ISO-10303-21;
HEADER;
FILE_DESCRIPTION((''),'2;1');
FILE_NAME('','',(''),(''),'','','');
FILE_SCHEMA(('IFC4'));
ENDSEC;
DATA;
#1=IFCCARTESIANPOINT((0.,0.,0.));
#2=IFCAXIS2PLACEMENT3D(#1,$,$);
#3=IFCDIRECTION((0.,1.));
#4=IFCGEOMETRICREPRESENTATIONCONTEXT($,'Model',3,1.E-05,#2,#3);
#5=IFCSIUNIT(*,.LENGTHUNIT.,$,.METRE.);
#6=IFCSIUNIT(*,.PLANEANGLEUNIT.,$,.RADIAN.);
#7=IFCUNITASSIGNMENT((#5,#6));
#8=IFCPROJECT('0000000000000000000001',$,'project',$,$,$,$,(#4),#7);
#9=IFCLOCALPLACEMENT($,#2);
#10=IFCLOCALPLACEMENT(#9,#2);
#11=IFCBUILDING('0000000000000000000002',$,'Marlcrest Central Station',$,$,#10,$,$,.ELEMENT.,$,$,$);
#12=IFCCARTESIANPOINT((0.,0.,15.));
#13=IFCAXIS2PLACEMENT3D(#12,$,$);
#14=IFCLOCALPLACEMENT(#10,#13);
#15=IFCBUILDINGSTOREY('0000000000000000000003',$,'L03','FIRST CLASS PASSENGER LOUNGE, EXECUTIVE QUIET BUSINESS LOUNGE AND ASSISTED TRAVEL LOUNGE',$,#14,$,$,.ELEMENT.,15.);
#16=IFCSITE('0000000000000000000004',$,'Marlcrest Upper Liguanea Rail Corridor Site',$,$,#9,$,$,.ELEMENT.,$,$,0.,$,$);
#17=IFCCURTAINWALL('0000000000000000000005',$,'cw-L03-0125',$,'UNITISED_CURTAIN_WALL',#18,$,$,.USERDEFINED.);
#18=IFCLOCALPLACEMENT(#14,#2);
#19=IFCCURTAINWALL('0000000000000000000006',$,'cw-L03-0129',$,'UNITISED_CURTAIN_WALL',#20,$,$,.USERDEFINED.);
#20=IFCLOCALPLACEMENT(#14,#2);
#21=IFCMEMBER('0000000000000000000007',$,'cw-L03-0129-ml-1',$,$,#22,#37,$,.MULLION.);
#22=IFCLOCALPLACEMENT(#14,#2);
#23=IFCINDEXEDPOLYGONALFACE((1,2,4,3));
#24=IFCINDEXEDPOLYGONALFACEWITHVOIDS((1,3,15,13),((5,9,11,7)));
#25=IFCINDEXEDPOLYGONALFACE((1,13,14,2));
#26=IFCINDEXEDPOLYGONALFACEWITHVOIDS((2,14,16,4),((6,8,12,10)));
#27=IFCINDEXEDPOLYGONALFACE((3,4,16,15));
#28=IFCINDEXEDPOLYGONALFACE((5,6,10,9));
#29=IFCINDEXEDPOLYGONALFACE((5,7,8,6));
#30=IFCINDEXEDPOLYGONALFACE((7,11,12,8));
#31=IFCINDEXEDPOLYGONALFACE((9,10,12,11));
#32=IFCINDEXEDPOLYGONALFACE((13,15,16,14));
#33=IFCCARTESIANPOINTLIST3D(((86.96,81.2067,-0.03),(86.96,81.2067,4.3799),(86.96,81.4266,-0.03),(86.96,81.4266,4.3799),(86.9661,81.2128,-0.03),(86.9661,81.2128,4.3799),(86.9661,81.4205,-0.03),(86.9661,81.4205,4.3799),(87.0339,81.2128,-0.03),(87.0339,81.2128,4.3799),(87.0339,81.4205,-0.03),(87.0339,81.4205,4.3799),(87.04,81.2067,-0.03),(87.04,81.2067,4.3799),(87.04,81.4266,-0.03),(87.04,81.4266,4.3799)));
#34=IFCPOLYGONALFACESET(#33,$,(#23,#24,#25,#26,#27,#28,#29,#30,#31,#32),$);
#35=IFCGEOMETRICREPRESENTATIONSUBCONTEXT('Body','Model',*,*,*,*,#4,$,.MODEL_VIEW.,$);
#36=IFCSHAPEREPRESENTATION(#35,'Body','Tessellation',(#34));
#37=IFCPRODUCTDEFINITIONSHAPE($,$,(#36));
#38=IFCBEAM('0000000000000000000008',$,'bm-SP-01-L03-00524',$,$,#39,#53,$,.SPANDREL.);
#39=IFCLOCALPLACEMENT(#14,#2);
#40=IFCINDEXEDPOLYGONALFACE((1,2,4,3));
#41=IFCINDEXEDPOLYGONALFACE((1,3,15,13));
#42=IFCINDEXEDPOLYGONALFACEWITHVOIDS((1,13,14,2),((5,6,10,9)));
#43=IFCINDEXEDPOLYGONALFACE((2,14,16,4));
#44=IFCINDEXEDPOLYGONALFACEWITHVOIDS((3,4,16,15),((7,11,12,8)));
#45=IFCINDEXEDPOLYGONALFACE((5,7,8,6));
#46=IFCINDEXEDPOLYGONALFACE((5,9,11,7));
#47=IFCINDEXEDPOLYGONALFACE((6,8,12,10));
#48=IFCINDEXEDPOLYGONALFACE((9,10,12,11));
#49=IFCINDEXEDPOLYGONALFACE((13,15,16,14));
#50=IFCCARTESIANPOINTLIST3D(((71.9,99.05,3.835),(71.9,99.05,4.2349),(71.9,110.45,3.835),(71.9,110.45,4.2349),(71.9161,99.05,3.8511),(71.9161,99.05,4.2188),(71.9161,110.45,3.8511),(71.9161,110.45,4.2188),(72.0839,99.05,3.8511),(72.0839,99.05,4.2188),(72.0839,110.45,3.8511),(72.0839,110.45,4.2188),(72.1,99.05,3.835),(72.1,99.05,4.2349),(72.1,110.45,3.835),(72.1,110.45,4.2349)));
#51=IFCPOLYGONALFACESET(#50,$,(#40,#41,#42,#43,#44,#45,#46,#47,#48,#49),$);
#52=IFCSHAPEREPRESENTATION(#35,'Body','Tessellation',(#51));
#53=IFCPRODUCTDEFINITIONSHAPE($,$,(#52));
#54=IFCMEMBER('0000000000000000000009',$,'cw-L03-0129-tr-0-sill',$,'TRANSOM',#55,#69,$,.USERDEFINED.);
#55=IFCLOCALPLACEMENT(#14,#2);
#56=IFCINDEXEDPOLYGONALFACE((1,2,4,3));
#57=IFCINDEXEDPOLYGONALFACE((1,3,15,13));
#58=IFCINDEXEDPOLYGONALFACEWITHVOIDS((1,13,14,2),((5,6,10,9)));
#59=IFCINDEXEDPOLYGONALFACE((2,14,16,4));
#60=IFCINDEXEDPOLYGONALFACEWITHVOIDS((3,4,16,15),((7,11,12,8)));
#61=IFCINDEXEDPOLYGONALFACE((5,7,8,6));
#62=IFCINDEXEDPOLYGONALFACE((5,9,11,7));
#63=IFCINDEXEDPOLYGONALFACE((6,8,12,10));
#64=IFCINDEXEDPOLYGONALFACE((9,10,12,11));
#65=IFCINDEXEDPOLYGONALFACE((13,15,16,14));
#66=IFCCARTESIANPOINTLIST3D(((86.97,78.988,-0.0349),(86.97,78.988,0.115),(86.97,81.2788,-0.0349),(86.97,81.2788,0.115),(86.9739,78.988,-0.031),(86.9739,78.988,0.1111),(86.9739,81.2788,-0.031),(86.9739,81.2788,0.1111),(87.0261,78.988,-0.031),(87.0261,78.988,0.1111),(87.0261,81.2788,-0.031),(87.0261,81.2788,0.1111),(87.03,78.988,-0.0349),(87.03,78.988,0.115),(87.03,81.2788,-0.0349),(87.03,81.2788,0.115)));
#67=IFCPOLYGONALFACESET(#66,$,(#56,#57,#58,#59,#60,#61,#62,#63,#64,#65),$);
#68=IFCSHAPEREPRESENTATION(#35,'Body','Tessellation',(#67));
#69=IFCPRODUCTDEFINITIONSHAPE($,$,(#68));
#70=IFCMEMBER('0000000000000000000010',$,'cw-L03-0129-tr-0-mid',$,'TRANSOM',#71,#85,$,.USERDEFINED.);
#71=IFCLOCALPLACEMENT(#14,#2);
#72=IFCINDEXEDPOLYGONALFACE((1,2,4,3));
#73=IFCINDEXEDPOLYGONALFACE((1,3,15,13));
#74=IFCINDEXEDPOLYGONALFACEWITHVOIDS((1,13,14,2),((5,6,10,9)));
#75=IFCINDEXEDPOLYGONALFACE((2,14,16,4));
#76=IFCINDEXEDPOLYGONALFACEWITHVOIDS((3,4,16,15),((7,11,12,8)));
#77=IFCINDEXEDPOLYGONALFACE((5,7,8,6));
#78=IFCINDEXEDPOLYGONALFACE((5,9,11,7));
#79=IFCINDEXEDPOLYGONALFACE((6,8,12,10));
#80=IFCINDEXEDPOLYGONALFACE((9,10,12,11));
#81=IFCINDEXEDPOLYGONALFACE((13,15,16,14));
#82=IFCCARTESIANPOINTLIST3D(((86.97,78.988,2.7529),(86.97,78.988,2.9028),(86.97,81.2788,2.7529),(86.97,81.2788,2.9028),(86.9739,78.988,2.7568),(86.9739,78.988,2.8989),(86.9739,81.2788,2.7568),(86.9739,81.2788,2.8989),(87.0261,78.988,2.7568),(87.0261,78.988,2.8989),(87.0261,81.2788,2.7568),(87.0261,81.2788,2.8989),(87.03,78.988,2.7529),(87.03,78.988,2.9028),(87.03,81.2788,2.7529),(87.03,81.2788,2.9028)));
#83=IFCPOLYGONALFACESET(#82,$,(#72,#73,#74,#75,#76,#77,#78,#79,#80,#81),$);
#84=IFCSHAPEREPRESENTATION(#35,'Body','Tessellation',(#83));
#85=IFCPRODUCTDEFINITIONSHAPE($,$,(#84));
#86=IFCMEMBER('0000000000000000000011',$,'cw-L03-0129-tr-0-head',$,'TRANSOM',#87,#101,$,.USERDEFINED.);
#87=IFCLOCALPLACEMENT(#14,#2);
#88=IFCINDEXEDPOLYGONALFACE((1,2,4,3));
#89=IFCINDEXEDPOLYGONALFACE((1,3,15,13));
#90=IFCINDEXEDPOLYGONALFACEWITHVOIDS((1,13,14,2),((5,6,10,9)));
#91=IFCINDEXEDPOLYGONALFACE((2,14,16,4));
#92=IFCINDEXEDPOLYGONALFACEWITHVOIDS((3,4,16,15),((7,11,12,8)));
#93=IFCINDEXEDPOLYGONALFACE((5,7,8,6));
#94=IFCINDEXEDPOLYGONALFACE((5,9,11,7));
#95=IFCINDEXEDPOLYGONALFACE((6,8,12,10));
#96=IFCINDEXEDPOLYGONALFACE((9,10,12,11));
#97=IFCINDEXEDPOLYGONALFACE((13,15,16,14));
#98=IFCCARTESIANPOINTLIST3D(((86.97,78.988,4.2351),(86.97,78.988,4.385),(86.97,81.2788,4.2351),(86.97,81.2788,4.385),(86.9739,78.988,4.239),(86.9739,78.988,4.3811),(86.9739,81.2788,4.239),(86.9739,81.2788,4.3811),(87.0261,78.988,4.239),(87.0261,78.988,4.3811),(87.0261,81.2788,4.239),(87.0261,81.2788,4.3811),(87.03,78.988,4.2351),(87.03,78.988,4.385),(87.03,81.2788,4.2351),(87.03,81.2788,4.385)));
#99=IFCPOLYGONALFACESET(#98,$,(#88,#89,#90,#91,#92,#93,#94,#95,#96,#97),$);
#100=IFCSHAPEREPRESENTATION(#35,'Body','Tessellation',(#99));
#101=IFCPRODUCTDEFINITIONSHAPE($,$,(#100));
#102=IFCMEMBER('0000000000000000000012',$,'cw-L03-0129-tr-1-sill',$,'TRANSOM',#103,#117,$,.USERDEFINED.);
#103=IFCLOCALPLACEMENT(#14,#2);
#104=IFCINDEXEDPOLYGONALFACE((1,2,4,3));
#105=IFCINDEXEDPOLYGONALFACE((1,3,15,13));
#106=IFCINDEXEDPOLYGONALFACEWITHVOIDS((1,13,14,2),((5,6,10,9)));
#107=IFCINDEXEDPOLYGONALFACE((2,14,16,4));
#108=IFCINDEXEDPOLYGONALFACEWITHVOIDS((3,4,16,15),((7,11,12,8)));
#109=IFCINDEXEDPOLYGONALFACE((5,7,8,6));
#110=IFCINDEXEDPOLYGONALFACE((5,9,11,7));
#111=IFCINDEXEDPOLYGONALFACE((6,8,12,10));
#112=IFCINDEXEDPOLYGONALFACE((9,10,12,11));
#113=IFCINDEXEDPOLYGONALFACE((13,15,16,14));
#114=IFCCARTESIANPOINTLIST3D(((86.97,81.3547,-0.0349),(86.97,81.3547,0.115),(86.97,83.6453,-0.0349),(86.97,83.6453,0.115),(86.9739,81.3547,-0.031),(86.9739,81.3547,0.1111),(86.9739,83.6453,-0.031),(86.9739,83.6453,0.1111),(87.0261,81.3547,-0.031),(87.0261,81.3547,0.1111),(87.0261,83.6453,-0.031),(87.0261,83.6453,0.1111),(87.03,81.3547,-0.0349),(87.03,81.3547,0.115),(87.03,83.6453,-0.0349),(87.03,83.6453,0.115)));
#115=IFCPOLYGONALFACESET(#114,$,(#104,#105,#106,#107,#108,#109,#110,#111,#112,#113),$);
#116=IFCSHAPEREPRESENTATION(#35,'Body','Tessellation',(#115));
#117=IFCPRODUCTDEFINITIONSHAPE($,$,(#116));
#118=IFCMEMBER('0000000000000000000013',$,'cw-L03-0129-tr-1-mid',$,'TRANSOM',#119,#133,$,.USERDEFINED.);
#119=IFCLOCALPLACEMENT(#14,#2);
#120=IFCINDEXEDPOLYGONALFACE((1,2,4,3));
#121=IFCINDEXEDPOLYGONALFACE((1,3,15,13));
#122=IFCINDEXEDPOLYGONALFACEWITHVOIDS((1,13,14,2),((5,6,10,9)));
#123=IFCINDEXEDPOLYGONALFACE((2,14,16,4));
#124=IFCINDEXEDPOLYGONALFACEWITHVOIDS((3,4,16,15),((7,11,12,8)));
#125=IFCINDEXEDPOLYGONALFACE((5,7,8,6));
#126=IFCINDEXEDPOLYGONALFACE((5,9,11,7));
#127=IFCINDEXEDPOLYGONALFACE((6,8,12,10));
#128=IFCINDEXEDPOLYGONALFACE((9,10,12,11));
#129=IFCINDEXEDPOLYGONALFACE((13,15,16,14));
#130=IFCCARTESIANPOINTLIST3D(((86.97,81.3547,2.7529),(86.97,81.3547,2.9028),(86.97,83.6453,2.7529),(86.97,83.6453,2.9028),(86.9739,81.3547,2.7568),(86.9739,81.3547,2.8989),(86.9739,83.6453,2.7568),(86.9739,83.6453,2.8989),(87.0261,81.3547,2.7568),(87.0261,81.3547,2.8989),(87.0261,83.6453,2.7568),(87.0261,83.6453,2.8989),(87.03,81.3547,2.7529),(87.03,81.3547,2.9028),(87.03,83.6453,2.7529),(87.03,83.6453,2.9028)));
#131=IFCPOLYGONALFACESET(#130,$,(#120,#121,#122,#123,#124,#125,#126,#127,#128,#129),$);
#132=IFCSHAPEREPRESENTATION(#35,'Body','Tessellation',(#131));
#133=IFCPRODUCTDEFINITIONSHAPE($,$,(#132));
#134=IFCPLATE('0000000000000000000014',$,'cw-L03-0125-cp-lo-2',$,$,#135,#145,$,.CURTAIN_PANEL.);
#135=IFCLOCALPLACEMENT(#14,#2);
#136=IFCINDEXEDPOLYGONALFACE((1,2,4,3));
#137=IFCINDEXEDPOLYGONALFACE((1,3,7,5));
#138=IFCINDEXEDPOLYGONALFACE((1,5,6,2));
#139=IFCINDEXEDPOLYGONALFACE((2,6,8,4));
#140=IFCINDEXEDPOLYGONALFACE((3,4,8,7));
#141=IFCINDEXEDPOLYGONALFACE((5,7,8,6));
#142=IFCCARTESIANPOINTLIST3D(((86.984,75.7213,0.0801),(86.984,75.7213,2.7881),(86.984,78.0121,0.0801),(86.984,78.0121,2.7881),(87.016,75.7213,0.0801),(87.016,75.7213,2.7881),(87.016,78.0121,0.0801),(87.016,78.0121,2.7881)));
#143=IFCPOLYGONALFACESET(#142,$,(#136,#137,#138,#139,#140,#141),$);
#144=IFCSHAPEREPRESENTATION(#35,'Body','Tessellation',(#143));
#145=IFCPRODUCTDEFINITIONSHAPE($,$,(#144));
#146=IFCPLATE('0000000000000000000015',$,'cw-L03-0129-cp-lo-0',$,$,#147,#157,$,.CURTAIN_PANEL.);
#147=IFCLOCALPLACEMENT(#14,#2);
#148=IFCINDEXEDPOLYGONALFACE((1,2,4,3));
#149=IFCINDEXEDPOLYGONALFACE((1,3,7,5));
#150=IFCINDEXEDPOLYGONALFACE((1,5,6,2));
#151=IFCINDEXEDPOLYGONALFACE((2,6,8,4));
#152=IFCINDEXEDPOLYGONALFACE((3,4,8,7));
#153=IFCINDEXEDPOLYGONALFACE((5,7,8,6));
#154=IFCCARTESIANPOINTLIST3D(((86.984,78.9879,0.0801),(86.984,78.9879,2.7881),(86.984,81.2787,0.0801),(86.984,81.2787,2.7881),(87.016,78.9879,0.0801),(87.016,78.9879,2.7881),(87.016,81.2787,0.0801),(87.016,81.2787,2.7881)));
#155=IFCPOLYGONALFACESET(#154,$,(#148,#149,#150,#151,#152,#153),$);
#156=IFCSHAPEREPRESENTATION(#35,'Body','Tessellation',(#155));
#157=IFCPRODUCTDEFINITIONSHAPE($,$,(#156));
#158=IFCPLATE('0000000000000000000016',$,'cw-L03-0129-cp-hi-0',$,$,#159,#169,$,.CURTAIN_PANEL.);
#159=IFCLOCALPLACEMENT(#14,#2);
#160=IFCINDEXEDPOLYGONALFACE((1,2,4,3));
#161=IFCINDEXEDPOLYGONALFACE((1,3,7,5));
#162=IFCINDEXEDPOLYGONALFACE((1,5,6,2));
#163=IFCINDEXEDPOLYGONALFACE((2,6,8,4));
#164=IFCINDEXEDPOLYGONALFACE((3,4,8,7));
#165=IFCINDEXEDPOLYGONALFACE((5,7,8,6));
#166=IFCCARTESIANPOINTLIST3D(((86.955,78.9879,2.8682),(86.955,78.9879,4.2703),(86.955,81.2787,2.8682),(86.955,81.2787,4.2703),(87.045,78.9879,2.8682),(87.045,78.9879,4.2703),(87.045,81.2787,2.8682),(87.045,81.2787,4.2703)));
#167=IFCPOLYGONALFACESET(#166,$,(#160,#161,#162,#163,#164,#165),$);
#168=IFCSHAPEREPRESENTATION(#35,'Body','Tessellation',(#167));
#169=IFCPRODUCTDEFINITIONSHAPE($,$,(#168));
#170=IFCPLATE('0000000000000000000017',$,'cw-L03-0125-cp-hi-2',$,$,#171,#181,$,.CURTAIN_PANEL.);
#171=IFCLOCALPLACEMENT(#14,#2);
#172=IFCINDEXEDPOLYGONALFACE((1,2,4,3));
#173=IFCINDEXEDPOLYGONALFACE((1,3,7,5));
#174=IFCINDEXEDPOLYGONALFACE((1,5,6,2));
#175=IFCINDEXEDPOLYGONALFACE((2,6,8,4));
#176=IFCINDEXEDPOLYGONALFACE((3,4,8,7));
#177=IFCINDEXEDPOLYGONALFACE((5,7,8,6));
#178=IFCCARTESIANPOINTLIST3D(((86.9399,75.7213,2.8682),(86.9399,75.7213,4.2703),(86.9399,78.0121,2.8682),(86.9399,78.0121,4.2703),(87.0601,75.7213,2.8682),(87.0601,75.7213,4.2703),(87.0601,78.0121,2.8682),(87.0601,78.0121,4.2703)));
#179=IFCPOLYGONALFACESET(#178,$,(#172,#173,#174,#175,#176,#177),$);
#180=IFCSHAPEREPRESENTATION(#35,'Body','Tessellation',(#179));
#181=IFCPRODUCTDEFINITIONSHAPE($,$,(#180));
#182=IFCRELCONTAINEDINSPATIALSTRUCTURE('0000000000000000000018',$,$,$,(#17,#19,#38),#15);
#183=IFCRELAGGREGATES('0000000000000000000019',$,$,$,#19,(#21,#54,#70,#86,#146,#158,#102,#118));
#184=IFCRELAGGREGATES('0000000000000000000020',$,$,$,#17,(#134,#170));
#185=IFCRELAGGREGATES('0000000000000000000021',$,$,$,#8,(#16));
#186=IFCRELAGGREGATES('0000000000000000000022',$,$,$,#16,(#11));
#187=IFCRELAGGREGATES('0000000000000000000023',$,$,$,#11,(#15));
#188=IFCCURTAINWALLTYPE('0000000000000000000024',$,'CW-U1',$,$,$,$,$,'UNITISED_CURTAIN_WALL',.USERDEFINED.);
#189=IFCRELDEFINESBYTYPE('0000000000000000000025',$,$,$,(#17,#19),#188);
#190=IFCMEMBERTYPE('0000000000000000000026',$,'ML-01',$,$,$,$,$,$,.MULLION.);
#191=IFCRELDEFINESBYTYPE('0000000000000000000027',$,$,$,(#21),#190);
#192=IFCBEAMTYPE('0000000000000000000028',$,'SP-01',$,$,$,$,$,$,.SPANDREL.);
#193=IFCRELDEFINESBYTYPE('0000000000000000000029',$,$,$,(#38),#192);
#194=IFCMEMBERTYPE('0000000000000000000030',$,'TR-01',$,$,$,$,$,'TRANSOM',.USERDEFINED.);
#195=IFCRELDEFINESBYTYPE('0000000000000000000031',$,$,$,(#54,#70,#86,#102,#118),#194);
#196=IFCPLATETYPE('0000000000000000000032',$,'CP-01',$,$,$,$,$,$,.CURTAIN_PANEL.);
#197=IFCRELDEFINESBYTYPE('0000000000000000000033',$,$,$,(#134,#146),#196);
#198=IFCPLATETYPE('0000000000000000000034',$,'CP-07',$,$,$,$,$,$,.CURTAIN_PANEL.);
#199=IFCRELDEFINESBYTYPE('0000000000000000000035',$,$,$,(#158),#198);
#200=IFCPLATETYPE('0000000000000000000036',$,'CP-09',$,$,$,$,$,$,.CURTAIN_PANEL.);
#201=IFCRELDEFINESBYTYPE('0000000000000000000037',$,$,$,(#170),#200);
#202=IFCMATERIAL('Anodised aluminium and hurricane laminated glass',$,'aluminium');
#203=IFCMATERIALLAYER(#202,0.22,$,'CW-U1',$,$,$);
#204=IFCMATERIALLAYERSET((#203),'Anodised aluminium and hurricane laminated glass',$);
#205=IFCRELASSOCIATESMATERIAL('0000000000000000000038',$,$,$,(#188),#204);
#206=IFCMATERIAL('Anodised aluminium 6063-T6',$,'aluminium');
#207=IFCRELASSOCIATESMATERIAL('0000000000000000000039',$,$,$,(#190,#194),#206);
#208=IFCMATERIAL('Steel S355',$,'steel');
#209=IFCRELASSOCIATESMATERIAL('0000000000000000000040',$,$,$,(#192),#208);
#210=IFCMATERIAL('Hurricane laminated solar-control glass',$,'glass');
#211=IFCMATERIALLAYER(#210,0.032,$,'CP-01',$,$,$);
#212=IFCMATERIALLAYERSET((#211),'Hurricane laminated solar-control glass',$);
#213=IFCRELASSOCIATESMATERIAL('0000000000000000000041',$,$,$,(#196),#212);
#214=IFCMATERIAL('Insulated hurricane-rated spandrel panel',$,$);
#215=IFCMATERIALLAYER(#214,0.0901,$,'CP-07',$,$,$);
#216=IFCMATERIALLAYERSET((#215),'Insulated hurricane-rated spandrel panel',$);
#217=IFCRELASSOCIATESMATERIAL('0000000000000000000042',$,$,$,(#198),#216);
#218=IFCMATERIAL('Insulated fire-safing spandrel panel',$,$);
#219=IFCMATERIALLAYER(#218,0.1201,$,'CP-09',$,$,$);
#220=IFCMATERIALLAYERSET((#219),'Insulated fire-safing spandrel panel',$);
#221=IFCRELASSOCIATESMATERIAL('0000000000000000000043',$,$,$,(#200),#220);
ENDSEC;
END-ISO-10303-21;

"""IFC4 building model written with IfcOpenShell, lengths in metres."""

from ifc_helpers import new_model, si_unit, direction, frame, origin, origin_2d, place, context, subcontext, project, spatial, rectangle, hollow_rectangle, extrude, material, layer, layer_set, material_profile, profile_set, type_object, element, aggregate, save


model = new_model("IFC4")

# Units and contexts
model_context = context("Model", 3, precision=1e-05, world=origin(), true_north=direction((0.0, 1.0)))
body_context = subcontext(model_context, "Body", "Model", "MODEL_VIEW")
ifc_project = project(units=[si_unit("LENGTHUNIT", "METRE"), si_unit("PLANEANGLEUNIT", "RADIAN")], contexts=[model_context])

# Site, building, storey
site_placement = place(None, origin())
site = spatial("IfcSite", under=ifc_project, at=site_placement, Name="Marlcrest Upper Liguanea Rail Corridor Site", CompositionType="ELEMENT", RefElevation=0.0)
building_placement = place(site_placement, origin())
building = spatial("IfcBuilding", under=site, at=building_placement, Name="Marlcrest Central Station", CompositionType="ELEMENT")
storey_placement = place(building_placement, frame((0.0, 0.0, 15.0)))
storey = spatial("IfcBuildingStorey", under=building, at=storey_placement, Name="L03", Description="FIRST CLASS PASSENGER LOUNGE, EXECUTIVE QUIET BUSINESS LOUNGE AND ASSISTED TRAVEL LOUNGE", CompositionType="ELEMENT", Elevation=15.0)

# Shared definitions
ifc_material_1 = material(Name="Steel S355", Category="steel")

# Curtain wall
ifc_material_2 = material(Name="Anodised aluminium and hurricane laminated glass", Category="aluminium")
ifc_layer_1 = layer(ifc_material_2, 0.22, Name="CW-U1")
ifc_layer_set_1 = layer_set([ifc_layer_1], Name="Anodised aluminium and hurricane laminated glass")
curtain_wall_type = type_object("IfcCurtainWallType", Name="CW-U1", ElementType="UNITISED_CURTAIN_WALL", PredefinedType="USERDEFINED", material=ifc_layer_set_1)
curtain_wall_1_placement = place(storey_placement, origin())
curtain_wall_1 = element("IfcCurtainWall", 1, at=curtain_wall_1_placement, inside=storey, type_object=curtain_wall_type, Name="cw-L03-0125", ObjectType="UNITISED_CURTAIN_WALL", PredefinedType="USERDEFINED")
ifc_material_3 = material(Name="Anodised aluminium 6063-T6", Category="aluminium")
ifc_material_profile_1 = material_profile(ifc_material_3, hollow_rectangle(XDim=0.0801, YDim=0.22, WallThickness=0.0061, at=origin_2d()), Name="AA-RHS 220x80x6")
ifc_profile_set_1 = profile_set([ifc_material_profile_1], Name="Anodised aluminium 6063-T6")
member_type_1 = type_object("IfcMemberType", Name="ML-01", PredefinedType="MULLION", material=ifc_profile_set_1)

# Curtain wall, member
curtain_wall_2_placement = place(storey_placement, origin())
curtain_wall_2 = element("IfcCurtainWall", 2, at=curtain_wall_2_placement, inside=storey, type_object=curtain_wall_type, Name="cw-L03-0129", ObjectType="UNITISED_CURTAIN_WALL", PredefinedType="USERDEFINED")
member_1_placement = place(storey_placement, frame((87.0, 81.3167, -0.03), z_axis=(0.0, 0.0, 1.0), x_axis=(1.0, 0.0, 0.0)))
member_1 = element("IfcMember", 3, at=member_1_placement, type_object=member_type_1, Name="cw-L03-0129-ml-1", PredefinedType="MULLION", context=body_context, shape_type="SweptSolid", body=[
    extrude(hollow_rectangle(XDim=0.0801, YDim=0.22, WallThickness=0.0061, at=origin_2d()), origin(), (0.0, 0.0, 1.0), 4.4099),
])

# Beam
ifc_material_profile_2 = material_profile(ifc_material_1, hollow_rectangle(XDim=0.2, YDim=0.3999, WallThickness=0.0161, at=origin_2d()), Name="RHS 400x200x16")
ifc_profile_set_2 = profile_set([ifc_material_profile_2], Name="Steel S355")
beam_type = type_object("IfcBeamType", Name="SP-01", PredefinedType="SPANDREL", material=ifc_profile_set_2)
beam_placement = place(storey_placement, frame((72.0, 99.05, 4.0349), z_axis=(0.0, 1.0, 0.0), x_axis=(-1.0, 0.0, 0.0)))
element("IfcBeam", 4, at=beam_placement, inside=storey, type_object=beam_type, Name="bm-SP-01-L03-00524", PredefinedType="SPANDREL", context=body_context, shape_type="SweptSolid", body=[
    extrude(hollow_rectangle(XDim=0.2, YDim=0.3999, WallThickness=0.0161, at=origin_2d()), origin(), (0.0, 0.0, 1.0), 11.3999),
])

# Members
ifc_material_profile_3 = material_profile(ifc_material_3, hollow_rectangle(XDim=0.0601, YDim=0.1499, WallThickness=0.0039, at=origin_2d()), Name="AA-RHS 150x60x4")
ifc_profile_set_3 = profile_set([ifc_material_profile_3], Name="Anodised aluminium 6063-T6")
member_type_2 = type_object("IfcMemberType", Name="TR-01", ElementType="TRANSOM", PredefinedType="USERDEFINED", material=ifc_profile_set_3)
member_2_placement = place(storey_placement, frame((87.0, 78.988, 0.04), z_axis=(0.0, 1.0, 0.0), x_axis=(-1.0, 0.0, 0.0)))
member_2 = element("IfcMember", 5, at=member_2_placement, type_object=member_type_2, Name="cw-L03-0129-tr-0-sill", ObjectType="TRANSOM", PredefinedType="USERDEFINED", context=body_context, shape_type="SweptSolid", body=[
    extrude(hollow_rectangle(XDim=0.0601, YDim=0.1499, WallThickness=0.0039, at=origin_2d()), origin(), (0.0, 0.0, 1.0), 2.2908),
])
member_3_placement = place(storey_placement, frame((87.0, 78.988, 2.8279), z_axis=(0.0, 1.0, 0.0), x_axis=(-1.0, 0.0, 0.0)))
member_3 = element("IfcMember", 6, at=member_3_placement, type_object=member_type_2, Name="cw-L03-0129-tr-0-mid", ObjectType="TRANSOM", PredefinedType="USERDEFINED", context=body_context, shape_type="SweptSolid", body=[
    extrude(hollow_rectangle(XDim=0.0601, YDim=0.1499, WallThickness=0.0039, at=origin_2d()), origin(), (0.0, 0.0, 1.0), 2.2908),
])
member_4_placement = place(storey_placement, frame((87.0, 78.988, 4.3101), z_axis=(0.0, 1.0, 0.0), x_axis=(-1.0, 0.0, 0.0)))
member_4 = element("IfcMember", 7, at=member_4_placement, type_object=member_type_2, Name="cw-L03-0129-tr-0-head", ObjectType="TRANSOM", PredefinedType="USERDEFINED", context=body_context, shape_type="SweptSolid", body=[
    extrude(hollow_rectangle(XDim=0.0601, YDim=0.1499, WallThickness=0.0039, at=origin_2d()), origin(), (0.0, 0.0, 1.0), 2.2908),
])
member_5_placement = place(storey_placement, frame((87.0, 81.3547, 0.04), z_axis=(0.0, 1.0, 0.0), x_axis=(-1.0, 0.0, 0.0)))
member_5 = element("IfcMember", 8, at=member_5_placement, type_object=member_type_2, Name="cw-L03-0129-tr-1-sill", ObjectType="TRANSOM", PredefinedType="USERDEFINED", context=body_context, shape_type="SweptSolid", body=[
    extrude(hollow_rectangle(XDim=0.0601, YDim=0.1499, WallThickness=0.0039, at=origin_2d()), origin(), (0.0, 0.0, 1.0), 2.2905),
])
member_6_placement = place(storey_placement, frame((87.0, 81.3547, 2.8279), z_axis=(0.0, 1.0, 0.0), x_axis=(-1.0, 0.0, 0.0)))
member_6 = element("IfcMember", 9, at=member_6_placement, type_object=member_type_2, Name="cw-L03-0129-tr-1-mid", ObjectType="TRANSOM", PredefinedType="USERDEFINED", context=body_context, shape_type="SweptSolid", body=[
    extrude(hollow_rectangle(XDim=0.0601, YDim=0.1499, WallThickness=0.0039, at=origin_2d()), origin(), (0.0, 0.0, 1.0), 2.2905),
])

# Plates
ifc_material_4 = material(Name="Hurricane laminated solar-control glass", Category="glass")
ifc_layer_2 = layer(ifc_material_4, 0.032, Name="CP-01")
ifc_layer_set_2 = layer_set([ifc_layer_2], Name="Hurricane laminated solar-control glass")
plate_type_1 = type_object("IfcPlateType", Name="CP-01", PredefinedType="CURTAIN_PANEL", material=ifc_layer_set_2)
plate_1_placement = place(storey_placement, frame((87.0, 76.8667, 0.0801), z_axis=(0.0, 0.0, 1.0), x_axis=(0.0, 1.0, 0.0)))
plate_1 = element("IfcPlate", 10, at=plate_1_placement, type_object=plate_type_1, Name="cw-L03-0125-cp-lo-2", PredefinedType="CURTAIN_PANEL", context=body_context, shape_type="SweptSolid", body=[
    extrude(rectangle(XDim=2.2908, YDim=0.032, at=origin_2d()), origin(), (0.0, 0.0, 1.0), 2.708),
])
plate_2_placement = place(storey_placement, frame((87.0, 80.1333, 0.0801), z_axis=(0.0, 0.0, 1.0), x_axis=(0.0, 1.0, 0.0)))
plate_2 = element("IfcPlate", 11, at=plate_2_placement, type_object=plate_type_1, Name="cw-L03-0129-cp-lo-0", PredefinedType="CURTAIN_PANEL", context=body_context, shape_type="SweptSolid", body=[
    extrude(rectangle(XDim=2.2908, YDim=0.032, at=origin_2d()), origin(), (0.0, 0.0, 1.0), 2.708),
])
ifc_material_5 = material(Name="Insulated hurricane-rated spandrel panel")
ifc_layer_3 = layer(ifc_material_5, 0.0901, Name="CP-07")
ifc_layer_set_3 = layer_set([ifc_layer_3], Name="Insulated hurricane-rated spandrel panel")
plate_type_2 = type_object("IfcPlateType", Name="CP-07", PredefinedType="CURTAIN_PANEL", material=ifc_layer_set_3)
plate_3_placement = place(storey_placement, frame((87.0, 80.1333, 2.8682), z_axis=(0.0, 0.0, 1.0), x_axis=(0.0, 1.0, 0.0)))
plate_3 = element("IfcPlate", 12, at=plate_3_placement, type_object=plate_type_2, Name="cw-L03-0129-cp-hi-0", PredefinedType="CURTAIN_PANEL", context=body_context, shape_type="SweptSolid", body=[
    extrude(rectangle(XDim=2.2908, YDim=0.0901, at=origin_2d()), origin(), (0.0, 0.0, 1.0), 1.4021),
])
aggregate(curtain_wall_2, [member_1, member_2, member_3, member_4, plate_2, plate_3, member_5, member_6])
ifc_material_6 = material(Name="Insulated fire-safing spandrel panel")
ifc_layer_4 = layer(ifc_material_6, 0.1201, Name="CP-09")
ifc_layer_set_4 = layer_set([ifc_layer_4], Name="Insulated fire-safing spandrel panel")
plate_type_3 = type_object("IfcPlateType", Name="CP-09", PredefinedType="CURTAIN_PANEL", material=ifc_layer_set_4)
plate_4_placement = place(storey_placement, frame((87.0, 76.8667, 2.8682), z_axis=(0.0, 0.0, 1.0), x_axis=(0.0, 1.0, 0.0)))
plate_4 = element("IfcPlate", 13, at=plate_4_placement, type_object=plate_type_3, Name="cw-L03-0125-cp-hi-2", PredefinedType="CURTAIN_PANEL", context=body_context, shape_type="SweptSolid", body=[
    extrude(rectangle(XDim=2.2908, YDim=0.1201, at=origin_2d()), origin(), (0.0, 0.0, 1.0), 1.4021),
])
aggregate(curtain_wall_1, [plate_1, plate_4])

save(model, "model.ifc")
